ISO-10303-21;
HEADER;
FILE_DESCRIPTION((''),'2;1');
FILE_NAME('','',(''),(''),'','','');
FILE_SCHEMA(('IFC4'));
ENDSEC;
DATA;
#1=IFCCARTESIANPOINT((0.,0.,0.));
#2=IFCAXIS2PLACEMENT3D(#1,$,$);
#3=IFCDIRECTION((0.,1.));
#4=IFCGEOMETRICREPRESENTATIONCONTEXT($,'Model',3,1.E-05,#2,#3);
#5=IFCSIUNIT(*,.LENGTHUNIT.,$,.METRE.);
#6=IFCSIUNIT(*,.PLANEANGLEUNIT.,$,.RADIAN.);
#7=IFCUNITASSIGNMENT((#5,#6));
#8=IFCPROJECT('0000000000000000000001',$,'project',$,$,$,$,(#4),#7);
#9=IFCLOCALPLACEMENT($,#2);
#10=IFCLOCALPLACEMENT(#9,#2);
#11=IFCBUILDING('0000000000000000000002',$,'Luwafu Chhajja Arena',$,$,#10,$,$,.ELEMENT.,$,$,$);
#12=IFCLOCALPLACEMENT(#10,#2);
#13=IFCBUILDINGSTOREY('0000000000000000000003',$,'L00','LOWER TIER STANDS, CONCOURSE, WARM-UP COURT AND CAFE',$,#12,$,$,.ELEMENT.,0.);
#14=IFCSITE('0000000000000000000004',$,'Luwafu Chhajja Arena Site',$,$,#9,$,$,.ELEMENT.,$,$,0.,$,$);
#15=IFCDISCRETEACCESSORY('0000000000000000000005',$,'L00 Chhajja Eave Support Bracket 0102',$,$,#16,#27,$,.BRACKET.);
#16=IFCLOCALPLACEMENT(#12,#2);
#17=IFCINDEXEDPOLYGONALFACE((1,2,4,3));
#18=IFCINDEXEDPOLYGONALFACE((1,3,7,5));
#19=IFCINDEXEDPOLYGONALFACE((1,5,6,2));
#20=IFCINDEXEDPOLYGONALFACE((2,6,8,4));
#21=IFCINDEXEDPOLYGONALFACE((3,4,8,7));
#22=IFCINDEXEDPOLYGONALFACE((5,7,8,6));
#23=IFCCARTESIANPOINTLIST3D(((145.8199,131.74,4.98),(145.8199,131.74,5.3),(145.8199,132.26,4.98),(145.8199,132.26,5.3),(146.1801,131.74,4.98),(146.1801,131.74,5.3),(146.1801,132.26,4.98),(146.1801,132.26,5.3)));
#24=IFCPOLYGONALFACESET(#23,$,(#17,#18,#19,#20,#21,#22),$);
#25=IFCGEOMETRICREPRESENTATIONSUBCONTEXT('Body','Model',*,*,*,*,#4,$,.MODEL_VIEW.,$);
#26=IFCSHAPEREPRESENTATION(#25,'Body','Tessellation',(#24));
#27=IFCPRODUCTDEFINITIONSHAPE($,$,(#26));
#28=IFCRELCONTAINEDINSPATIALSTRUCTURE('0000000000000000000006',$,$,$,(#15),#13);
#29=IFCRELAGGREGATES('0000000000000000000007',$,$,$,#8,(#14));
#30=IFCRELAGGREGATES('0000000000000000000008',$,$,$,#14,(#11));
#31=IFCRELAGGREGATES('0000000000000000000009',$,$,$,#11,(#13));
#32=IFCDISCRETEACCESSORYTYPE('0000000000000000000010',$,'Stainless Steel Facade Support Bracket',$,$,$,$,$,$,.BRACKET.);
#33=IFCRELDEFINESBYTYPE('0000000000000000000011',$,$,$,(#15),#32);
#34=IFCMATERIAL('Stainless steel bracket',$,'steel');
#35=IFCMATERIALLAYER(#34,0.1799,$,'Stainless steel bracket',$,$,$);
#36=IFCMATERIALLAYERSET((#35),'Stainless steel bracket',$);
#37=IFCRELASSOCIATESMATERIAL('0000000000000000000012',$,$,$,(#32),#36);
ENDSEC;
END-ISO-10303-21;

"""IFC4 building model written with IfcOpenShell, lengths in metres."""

from ifc_helpers import new_model, si_unit, direction, frame, origin, origin_2d, place, context, subcontext, project, spatial, rectangle, extrude, material, layer, layer_set, type_object, element, save


model = new_model("IFC4")

# Units and contexts
model_context = context("Model", 3, precision=1e-05, world=origin(), true_north=direction((0.0, 1.0)))
body_context = subcontext(model_context, "Body", "Model", "MODEL_VIEW")
ifc_project = project(units=[si_unit("LENGTHUNIT", "METRE"), si_unit("PLANEANGLEUNIT", "RADIAN")], contexts=[model_context])

# Site, building, storey
site_placement = place(None, origin())
site = spatial("IfcSite", under=ifc_project, at=site_placement, Name="Luwafu Chhajja Arena Site", CompositionType="ELEMENT", RefElevation=0.0)
building_placement = place(site_placement, origin())
building = spatial("IfcBuilding", under=site, at=building_placement, Name="Luwafu Chhajja Arena", CompositionType="ELEMENT")
storey_placement = place(building_placement, origin())
storey = spatial("IfcBuildingStorey", under=building, at=storey_placement, Name="L00", Description="LOWER TIER STANDS, CONCOURSE, WARM-UP COURT AND CAFE", CompositionType="ELEMENT", Elevation=0.0)

# Discrete accessory
ifc_material_1 = material(Name="Stainless steel bracket", Category="steel")
ifc_layer_1 = layer(ifc_material_1, 0.1799, Name="Stainless steel bracket")
ifc_layer_set_1 = layer_set([ifc_layer_1], Name="Stainless steel bracket")
discrete_accessory_type = type_object("IfcDiscreteAccessoryType", Name="Stainless Steel Facade Support Bracket", PredefinedType="BRACKET", material=ifc_layer_set_1)
discrete_accessory_placement = place(storey_placement, frame((146.0, 132.0, 4.98), z_axis=(0.0, 0.0, 1.0), x_axis=(1.0, 0.0, 0.0)))
element("IfcDiscreteAccessory", 1, at=discrete_accessory_placement, inside=storey, type_object=discrete_accessory_type, Name="L00 Chhajja Eave Support Bracket 0102", PredefinedType="BRACKET", context=body_context, shape_type="SweptSolid", body=[
    extrude(rectangle(XDim=0.3601, YDim=0.52, at=origin_2d()), origin(), (0.0, 0.0, 1.0), 0.3201),
])

save(model, "model.ifc")
